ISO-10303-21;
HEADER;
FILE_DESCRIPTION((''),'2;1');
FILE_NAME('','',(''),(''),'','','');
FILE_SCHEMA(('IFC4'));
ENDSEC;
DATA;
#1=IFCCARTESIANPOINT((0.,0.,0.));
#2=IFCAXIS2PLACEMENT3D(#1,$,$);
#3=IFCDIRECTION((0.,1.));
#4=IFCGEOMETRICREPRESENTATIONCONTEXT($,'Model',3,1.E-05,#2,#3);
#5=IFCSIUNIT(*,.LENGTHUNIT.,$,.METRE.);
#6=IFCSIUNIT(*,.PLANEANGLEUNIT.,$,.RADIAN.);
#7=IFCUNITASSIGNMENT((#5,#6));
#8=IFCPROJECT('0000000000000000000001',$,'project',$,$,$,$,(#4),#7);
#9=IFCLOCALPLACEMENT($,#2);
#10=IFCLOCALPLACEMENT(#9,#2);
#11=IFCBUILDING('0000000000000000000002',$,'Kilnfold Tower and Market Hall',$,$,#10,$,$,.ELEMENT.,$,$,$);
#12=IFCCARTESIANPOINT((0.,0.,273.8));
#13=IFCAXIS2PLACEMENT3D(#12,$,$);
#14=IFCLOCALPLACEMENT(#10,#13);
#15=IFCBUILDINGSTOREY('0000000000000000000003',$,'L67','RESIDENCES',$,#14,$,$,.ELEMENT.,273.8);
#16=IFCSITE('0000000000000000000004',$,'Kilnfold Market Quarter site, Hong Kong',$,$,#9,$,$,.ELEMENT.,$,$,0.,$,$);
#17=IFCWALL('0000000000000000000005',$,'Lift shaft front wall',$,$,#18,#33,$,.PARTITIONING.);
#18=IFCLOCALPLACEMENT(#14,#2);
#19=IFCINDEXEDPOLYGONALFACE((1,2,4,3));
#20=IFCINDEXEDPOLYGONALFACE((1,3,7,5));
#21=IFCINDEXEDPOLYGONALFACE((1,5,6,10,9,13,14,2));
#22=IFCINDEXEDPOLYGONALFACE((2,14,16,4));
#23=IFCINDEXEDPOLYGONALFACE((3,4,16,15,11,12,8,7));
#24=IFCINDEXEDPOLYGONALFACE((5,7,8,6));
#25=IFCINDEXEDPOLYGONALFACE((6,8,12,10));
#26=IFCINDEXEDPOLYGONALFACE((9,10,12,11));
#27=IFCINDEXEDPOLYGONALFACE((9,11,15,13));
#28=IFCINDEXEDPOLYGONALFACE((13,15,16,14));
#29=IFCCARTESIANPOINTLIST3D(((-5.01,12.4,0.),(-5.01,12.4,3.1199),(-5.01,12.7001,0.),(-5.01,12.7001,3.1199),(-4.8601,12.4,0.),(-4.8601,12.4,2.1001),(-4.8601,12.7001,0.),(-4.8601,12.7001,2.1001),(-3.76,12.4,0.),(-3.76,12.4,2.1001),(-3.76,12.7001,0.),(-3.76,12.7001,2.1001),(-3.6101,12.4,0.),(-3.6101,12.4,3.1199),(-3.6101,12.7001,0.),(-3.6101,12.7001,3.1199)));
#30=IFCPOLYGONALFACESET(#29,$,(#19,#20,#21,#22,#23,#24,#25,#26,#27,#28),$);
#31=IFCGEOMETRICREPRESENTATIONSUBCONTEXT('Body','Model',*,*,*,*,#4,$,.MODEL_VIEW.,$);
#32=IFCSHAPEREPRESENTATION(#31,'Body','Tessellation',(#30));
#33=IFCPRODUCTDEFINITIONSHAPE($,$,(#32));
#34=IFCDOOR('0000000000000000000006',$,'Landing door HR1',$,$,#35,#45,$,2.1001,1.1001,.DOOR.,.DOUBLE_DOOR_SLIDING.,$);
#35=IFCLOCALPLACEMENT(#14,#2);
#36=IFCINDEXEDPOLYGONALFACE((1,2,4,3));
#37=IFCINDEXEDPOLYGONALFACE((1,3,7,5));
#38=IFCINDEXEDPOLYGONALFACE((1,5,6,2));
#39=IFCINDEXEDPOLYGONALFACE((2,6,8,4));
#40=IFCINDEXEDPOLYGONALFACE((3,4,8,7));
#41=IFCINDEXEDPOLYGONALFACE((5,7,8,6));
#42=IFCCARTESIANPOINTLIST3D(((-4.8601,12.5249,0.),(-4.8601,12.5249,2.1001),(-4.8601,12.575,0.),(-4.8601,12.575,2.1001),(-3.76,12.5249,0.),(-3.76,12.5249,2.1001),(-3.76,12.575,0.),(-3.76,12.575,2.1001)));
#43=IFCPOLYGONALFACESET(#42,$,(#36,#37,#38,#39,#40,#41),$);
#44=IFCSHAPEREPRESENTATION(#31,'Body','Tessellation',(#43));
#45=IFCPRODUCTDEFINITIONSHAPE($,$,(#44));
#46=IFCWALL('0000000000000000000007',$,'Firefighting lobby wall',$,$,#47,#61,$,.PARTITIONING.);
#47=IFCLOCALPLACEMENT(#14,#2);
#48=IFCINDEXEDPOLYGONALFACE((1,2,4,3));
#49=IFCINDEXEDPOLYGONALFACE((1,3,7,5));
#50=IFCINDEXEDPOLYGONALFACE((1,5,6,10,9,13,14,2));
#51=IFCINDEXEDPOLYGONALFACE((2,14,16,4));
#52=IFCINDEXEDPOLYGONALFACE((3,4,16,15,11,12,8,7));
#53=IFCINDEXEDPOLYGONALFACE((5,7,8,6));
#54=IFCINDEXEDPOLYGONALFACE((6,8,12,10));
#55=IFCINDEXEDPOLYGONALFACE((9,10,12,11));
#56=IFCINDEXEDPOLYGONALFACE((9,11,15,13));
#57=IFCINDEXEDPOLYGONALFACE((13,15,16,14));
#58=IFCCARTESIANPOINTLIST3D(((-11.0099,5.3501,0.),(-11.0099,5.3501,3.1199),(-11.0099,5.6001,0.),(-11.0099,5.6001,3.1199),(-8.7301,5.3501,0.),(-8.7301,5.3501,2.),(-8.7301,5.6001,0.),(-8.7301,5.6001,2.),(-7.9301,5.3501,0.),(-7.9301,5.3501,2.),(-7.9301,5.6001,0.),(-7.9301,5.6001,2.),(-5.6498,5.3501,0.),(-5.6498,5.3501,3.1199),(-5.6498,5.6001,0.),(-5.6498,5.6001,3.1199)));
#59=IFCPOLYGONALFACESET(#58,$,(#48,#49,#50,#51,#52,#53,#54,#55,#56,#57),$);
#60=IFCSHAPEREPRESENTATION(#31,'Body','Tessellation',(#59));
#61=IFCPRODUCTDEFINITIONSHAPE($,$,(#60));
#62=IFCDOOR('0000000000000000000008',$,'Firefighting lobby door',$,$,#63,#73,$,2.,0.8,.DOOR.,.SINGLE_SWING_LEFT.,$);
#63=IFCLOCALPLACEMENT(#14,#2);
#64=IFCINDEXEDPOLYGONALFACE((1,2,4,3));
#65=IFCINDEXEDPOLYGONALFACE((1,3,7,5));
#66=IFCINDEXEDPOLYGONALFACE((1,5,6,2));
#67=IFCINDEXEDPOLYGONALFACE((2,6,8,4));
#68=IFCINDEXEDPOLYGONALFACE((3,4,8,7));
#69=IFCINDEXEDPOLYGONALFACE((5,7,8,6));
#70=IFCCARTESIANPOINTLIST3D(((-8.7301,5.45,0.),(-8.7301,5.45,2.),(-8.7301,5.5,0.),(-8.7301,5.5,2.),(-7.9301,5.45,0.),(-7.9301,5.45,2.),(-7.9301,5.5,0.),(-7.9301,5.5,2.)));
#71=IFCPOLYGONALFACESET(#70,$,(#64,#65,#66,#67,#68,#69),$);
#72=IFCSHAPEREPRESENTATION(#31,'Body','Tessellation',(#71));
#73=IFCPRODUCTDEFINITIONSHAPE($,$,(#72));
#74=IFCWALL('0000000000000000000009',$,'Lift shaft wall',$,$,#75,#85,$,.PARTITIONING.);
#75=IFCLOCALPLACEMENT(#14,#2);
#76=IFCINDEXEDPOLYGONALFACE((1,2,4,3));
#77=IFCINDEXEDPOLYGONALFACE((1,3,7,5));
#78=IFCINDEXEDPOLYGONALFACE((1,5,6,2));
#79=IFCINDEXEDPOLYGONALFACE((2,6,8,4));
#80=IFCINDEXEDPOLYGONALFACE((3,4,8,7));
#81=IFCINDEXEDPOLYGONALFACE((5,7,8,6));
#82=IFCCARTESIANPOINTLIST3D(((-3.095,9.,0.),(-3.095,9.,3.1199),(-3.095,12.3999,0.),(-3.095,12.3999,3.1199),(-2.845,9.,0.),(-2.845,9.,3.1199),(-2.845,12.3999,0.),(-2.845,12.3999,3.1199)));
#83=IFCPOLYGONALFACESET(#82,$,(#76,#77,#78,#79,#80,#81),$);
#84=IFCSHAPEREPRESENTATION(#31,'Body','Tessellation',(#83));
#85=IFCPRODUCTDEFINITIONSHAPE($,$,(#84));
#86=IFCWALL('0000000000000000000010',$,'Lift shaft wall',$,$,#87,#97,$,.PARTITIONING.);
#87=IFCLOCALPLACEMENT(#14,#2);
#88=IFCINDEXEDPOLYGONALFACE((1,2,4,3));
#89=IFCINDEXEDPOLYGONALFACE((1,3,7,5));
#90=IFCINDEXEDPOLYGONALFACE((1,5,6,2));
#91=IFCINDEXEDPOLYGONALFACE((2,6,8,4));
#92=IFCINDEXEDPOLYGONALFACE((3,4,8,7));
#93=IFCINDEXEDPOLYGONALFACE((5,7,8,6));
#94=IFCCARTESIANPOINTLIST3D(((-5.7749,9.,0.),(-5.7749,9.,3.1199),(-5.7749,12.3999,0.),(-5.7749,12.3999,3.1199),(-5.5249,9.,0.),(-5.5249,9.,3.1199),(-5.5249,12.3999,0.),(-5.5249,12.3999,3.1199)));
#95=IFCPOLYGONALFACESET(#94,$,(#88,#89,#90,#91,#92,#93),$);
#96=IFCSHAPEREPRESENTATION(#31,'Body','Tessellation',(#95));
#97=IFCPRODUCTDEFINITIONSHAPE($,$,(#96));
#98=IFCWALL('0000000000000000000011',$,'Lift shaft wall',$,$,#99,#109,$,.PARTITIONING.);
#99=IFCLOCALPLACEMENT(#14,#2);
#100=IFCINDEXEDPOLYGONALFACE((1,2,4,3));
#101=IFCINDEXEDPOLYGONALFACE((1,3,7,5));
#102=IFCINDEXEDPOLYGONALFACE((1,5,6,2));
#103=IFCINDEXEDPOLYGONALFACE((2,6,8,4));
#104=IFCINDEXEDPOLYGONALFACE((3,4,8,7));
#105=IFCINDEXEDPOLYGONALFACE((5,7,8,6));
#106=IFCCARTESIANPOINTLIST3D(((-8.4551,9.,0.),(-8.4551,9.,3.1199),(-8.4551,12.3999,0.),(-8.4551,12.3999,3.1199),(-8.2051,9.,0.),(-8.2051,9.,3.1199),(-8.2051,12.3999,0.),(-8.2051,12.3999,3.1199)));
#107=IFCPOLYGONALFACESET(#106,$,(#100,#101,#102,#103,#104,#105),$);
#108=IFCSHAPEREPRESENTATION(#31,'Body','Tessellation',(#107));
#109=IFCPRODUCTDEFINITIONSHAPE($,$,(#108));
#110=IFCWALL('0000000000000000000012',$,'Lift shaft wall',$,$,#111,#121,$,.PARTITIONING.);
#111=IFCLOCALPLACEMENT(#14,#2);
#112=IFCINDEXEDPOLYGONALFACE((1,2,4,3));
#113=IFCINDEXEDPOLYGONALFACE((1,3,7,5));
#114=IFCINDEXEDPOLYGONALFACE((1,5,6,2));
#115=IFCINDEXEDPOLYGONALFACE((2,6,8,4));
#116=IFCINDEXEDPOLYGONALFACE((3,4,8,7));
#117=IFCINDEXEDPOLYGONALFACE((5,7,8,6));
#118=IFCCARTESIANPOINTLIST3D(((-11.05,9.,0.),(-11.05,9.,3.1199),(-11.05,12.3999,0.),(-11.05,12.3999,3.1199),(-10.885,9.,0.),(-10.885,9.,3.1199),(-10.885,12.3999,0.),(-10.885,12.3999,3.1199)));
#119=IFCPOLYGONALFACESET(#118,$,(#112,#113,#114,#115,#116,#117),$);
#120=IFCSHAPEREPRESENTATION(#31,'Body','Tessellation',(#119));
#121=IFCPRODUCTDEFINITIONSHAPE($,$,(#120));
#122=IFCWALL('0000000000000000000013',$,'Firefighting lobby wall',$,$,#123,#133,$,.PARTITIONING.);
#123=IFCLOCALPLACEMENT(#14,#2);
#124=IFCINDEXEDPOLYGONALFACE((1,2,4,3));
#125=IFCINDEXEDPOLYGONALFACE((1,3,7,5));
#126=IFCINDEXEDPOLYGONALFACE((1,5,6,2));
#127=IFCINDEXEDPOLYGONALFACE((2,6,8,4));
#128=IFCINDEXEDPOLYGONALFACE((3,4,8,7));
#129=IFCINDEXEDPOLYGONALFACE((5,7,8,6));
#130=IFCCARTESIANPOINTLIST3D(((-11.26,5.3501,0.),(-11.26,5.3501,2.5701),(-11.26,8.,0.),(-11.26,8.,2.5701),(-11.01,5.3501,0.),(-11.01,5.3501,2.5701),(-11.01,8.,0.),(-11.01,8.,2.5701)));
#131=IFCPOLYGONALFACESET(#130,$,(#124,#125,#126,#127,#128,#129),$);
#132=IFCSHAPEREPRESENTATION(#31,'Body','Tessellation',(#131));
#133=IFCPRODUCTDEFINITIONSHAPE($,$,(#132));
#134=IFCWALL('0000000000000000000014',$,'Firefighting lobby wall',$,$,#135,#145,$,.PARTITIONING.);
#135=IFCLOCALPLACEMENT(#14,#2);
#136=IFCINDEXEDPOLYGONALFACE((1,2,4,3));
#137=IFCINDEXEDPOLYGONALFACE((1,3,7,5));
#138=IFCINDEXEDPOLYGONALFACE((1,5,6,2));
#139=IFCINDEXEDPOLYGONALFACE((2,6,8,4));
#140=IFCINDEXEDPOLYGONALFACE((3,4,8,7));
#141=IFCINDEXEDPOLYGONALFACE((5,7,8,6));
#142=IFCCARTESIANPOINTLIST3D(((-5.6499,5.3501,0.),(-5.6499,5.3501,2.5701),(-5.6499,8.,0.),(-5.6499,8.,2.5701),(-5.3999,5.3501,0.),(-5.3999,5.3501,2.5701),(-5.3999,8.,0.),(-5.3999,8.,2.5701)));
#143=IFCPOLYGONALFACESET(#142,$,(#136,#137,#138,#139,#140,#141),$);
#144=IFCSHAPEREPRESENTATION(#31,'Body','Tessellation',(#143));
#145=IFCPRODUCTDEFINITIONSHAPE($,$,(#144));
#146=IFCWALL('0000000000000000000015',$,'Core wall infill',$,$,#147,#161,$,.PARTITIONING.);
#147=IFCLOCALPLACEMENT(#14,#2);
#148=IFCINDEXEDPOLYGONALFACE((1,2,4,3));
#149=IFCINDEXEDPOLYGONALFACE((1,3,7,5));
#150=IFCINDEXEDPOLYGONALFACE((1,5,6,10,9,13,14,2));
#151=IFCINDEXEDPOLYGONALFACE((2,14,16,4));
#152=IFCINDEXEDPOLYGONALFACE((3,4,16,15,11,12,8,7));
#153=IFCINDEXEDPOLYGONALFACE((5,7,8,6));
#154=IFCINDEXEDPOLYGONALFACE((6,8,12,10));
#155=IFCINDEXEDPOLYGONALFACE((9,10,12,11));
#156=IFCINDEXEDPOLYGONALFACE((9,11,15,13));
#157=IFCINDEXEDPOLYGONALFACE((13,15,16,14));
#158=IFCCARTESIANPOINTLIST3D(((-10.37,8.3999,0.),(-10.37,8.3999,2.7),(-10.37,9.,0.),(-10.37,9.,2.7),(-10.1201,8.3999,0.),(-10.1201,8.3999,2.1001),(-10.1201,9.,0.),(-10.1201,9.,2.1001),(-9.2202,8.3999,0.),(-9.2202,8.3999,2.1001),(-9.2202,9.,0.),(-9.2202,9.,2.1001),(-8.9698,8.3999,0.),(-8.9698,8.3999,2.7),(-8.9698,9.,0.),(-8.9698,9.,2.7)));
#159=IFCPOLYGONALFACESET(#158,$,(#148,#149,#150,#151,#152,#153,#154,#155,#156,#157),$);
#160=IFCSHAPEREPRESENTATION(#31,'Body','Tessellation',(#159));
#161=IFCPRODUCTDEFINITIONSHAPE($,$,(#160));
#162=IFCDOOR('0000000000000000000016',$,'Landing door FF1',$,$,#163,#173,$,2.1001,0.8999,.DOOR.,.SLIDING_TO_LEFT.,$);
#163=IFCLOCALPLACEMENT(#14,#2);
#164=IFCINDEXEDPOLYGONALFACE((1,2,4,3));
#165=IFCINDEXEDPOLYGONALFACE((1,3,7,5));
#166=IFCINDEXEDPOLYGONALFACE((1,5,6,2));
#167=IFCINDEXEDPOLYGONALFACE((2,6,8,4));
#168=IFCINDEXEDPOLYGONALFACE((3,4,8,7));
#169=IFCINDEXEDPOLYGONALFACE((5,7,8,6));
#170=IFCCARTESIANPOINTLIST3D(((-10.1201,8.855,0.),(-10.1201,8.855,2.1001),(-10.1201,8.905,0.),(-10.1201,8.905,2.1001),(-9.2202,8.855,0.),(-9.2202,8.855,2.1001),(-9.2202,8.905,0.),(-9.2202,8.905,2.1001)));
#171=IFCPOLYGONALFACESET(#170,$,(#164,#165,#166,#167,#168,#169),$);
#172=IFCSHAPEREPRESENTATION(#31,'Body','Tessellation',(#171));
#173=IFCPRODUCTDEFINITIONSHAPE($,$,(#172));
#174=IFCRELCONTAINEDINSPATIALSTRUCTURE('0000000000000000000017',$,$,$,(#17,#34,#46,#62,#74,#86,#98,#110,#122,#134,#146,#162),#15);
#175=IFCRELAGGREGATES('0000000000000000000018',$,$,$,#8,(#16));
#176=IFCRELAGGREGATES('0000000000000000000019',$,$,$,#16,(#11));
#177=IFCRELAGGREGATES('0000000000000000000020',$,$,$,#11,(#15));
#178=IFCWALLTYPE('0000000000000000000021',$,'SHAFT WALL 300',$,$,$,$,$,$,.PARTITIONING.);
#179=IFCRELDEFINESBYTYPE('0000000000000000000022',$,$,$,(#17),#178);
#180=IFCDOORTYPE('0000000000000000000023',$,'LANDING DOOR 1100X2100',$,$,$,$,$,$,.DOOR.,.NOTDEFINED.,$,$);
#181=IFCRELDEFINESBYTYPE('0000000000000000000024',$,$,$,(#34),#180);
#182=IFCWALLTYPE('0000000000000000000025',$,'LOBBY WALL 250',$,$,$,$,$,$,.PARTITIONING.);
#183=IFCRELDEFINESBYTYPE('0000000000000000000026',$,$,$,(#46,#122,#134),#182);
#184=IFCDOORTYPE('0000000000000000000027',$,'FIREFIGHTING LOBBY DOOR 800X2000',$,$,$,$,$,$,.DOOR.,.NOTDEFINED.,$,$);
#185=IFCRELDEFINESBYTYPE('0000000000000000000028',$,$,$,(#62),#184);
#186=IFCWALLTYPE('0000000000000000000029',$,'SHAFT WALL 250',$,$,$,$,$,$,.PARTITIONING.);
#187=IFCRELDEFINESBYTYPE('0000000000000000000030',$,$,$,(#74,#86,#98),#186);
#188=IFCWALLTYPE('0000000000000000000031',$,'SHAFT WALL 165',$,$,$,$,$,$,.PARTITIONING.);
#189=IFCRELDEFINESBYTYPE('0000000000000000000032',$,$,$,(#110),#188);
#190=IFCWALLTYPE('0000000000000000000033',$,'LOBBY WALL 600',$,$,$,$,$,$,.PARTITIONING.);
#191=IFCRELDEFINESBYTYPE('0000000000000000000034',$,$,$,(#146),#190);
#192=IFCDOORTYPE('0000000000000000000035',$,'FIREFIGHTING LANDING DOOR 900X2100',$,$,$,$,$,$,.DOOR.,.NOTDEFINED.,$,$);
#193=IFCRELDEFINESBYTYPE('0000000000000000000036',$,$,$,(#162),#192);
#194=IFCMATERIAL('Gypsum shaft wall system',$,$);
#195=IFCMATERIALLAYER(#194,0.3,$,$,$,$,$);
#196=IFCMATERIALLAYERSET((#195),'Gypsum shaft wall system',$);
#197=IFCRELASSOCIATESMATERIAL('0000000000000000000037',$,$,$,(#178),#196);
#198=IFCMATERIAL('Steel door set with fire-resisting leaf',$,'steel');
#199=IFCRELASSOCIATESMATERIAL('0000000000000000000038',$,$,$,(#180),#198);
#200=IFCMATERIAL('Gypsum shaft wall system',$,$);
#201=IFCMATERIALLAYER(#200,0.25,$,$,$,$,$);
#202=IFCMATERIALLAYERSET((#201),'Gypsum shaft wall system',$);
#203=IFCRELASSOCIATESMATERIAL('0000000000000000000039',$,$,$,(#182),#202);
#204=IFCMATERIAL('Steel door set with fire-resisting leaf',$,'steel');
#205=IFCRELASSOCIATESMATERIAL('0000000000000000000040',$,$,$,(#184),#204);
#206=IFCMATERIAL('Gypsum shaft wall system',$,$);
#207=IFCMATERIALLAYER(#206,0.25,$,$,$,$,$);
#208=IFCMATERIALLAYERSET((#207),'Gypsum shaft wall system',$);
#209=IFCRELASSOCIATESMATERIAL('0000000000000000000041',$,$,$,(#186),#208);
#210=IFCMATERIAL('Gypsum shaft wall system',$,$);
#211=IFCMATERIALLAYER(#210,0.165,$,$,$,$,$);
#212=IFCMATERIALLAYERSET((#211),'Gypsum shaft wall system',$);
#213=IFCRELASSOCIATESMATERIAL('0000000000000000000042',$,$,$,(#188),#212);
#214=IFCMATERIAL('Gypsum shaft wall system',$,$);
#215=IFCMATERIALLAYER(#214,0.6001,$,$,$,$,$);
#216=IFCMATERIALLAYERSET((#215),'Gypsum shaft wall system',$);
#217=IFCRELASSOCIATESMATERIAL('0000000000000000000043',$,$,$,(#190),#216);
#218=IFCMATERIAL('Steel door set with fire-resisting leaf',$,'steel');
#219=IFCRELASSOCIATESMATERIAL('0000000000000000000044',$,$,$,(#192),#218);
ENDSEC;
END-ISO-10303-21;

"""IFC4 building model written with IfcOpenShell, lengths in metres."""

from ifc_helpers import new_model, si_unit, direction, frame, frame_2d, origin, place, context, subcontext, project, spatial, rectangle, extrude, source, transform, mapped, material, layer, layer_set, type_object, element, fill, save


model = new_model("IFC4")

# Units and contexts
model_context = context("Model", 3, precision=1e-05, world=origin(), true_north=direction((0.0, 1.0)))
body_context = subcontext(model_context, "Body", "Model", "MODEL_VIEW")
ifc_project = project(units=[si_unit("LENGTHUNIT", "METRE"), si_unit("PLANEANGLEUNIT", "RADIAN")], contexts=[model_context])

# Site, building, storey
site_placement = place(None, origin())
site = spatial("IfcSite", under=ifc_project, at=site_placement, Name="Kilnfold Market Quarter site, Hong Kong", CompositionType="ELEMENT", RefElevation=0.0)
building_placement = place(site_placement, origin())
building = spatial("IfcBuilding", under=site, at=building_placement, Name="Kilnfold Tower and Market Hall", CompositionType="ELEMENT")
storey_placement = place(building_placement, frame((0.0, 0.0, 273.8)))
storey = spatial("IfcBuildingStorey", under=building, at=storey_placement, Name="L67", Description="RESIDENCES", CompositionType="ELEMENT", Elevation=273.8)

# Walls, openings, doors
ifc_material_1 = material(Name="Gypsum shaft wall system")
ifc_layer_1 = layer(ifc_material_1, 0.3)
ifc_layer_set_1 = layer_set([ifc_layer_1], Name="Gypsum shaft wall system")
wall_type_1 = type_object("IfcWallType", Name="SHAFT WALL 300", PredefinedType="PARTITIONING", material=ifc_layer_set_1)
shared_shape_1 = source(origin(), body_context, "Body", "SweptSolid", [
    extrude(rectangle(XDim=1.3999, YDim=0.3, at=frame_2d((0.7, 0.0))), origin(), (0.0, 0.0, 1.0), 3.1199),
])
wall_1_placement = place(storey_placement, frame((-5.01, 12.55, 0.0), z_axis=(0.0, 0.0, 1.0), x_axis=(1.0, 0.0, 0.0)))
wall_1 = element("IfcWall", 1, at=wall_1_placement, inside=storey, type_object=wall_type_1, Name="Lift shaft front wall", PredefinedType="PARTITIONING", context=body_context, shape_type="MappedRepresentation", body=[
    mapped(shared_shape_1, transform((0.0, 0.0, 0.0))),
])
opening_1_placement = place(wall_1_placement, frame((0.1499, 0.0, 0.0)))
opening_1 = element("IfcOpeningElement", 2, at=opening_1_placement, cuts=wall_1, PredefinedType="OPENING", context=body_context, shape_type="SweptSolid", body=[
    extrude(rectangle(XDim=1.1001, YDim=2.1001, at=frame_2d((0.55, 1.05))), frame((0.0, 0.1602, 0.0), z_axis=(0.0, -1.0, 0.0), x_axis=(1.0, 0.0, 0.0)), (0.0, 0.0, 1.0), 0.3201),
])
ifc_material_2 = material(Name="Steel door set with fire-resisting leaf", Category="steel")
door_type_1 = type_object("IfcDoorType", Name="LANDING DOOR 1100X2100", OperationType="NOTDEFINED", PredefinedType="DOOR", material=ifc_material_2)
door_1_placement = place(opening_1_placement, origin())
door_1 = element("IfcDoor", 3, at=door_1_placement, inside=storey, type_object=door_type_1, Name="Landing door HR1", OperationType="DOUBLE_DOOR_SLIDING", OverallHeight=2.1001, OverallWidth=1.1001, PredefinedType="DOOR", context=body_context, shape_type="SweptSolid", body=[
    extrude(rectangle(XDim=1.1001, YDim=2.1001, at=frame_2d((0.55, 1.05))), frame((0.0, 0.0249, 0.0), z_axis=(0.0, -1.0, 0.0), x_axis=(1.0, 0.0, 0.0)), (0.0, 0.0, 1.0), 0.05),
])
fill(opening_1, door_1)
ifc_material_3 = material(Name="Gypsum shaft wall system")
ifc_layer_2 = layer(ifc_material_3, 0.25)
ifc_layer_set_2 = layer_set([ifc_layer_2], Name="Gypsum shaft wall system")
wall_type_2 = type_object("IfcWallType", Name="LOBBY WALL 250", PredefinedType="PARTITIONING", material=ifc_layer_set_2)
shared_shape_2 = source(origin(), body_context, "Body", "SweptSolid", [
    extrude(rectangle(XDim=5.3601, YDim=0.25, at=frame_2d((2.6802, 0.0))), origin(), (0.0, 0.0, 1.0), 3.1199),
])
wall_2_placement = place(storey_placement, frame((-11.01, 5.4751, 0.0), z_axis=(0.0, 0.0, 1.0), x_axis=(1.0, 0.0, 0.0)))
wall_2 = element("IfcWall", 4, at=wall_2_placement, inside=storey, type_object=wall_type_2, Name="Firefighting lobby wall", PredefinedType="PARTITIONING", context=body_context, shape_type="MappedRepresentation", body=[
    mapped(shared_shape_2, transform((0.0, 0.0, 0.0))),
])
opening_2_placement = place(wall_2_placement, frame((2.28, 0.0, 0.0)))
opening_2 = element("IfcOpeningElement", 5, at=opening_2_placement, cuts=wall_2, PredefinedType="OPENING", context=body_context, shape_type="SweptSolid", body=[
    extrude(rectangle(XDim=0.8, YDim=2.0, at=frame_2d((0.3999, 1.0))), frame((0.0, 0.135, 0.0), z_axis=(0.0, -1.0, 0.0), x_axis=(1.0, 0.0, 0.0)), (0.0, 0.0, 1.0), 0.27),
])
ifc_material_4 = material(Name="Steel door set with fire-resisting leaf", Category="steel")
door_type_2 = type_object("IfcDoorType", Name="FIREFIGHTING LOBBY DOOR 800X2000", OperationType="NOTDEFINED", PredefinedType="DOOR", material=ifc_material_4)
door_2_placement = place(opening_2_placement, origin())
door_2 = element("IfcDoor", 6, at=door_2_placement, inside=storey, type_object=door_type_2, Name="Firefighting lobby door", OperationType="SINGLE_SWING_LEFT", OverallHeight=2.0, OverallWidth=0.8, PredefinedType="DOOR", context=body_context, shape_type="SweptSolid", body=[
    extrude(rectangle(XDim=0.8, YDim=2.0, at=frame_2d((0.3999, 1.0))), frame((0.0, 0.0249, 0.0), z_axis=(0.0, -1.0, 0.0), x_axis=(1.0, 0.0, 0.0)), (0.0, 0.0, 1.0), 0.05),
])
fill(opening_2, door_2)

# Walls
ifc_material_5 = material(Name="Gypsum shaft wall system")
ifc_layer_3 = layer(ifc_material_5, 0.25)
ifc_layer_set_3 = layer_set([ifc_layer_3], Name="Gypsum shaft wall system")
wall_type_3 = type_object("IfcWallType", Name="SHAFT WALL 250", PredefinedType="PARTITIONING", material=ifc_layer_set_3)
shared_shape_3 = source(origin(), body_context, "Body", "SweptSolid", [
    extrude(rectangle(XDim=3.3999, YDim=0.25, at=frame_2d((1.7, 0.0))), origin(), (0.0, 0.0, 1.0), 3.1199),
])
for number, where, z_axis, x_axis, name in (
    (7, (-2.97, 9.0, 0.0), (0.0, 0.0, 1.0), (0.0, 1.0, 0.0), "Lift shaft wall"),
    (8, (-5.6499, 9.0, 0.0), (0.0, 0.0, 1.0), (0.0, 1.0, 0.0), "Lift shaft wall"),
    (9, (-8.3301, 9.0, 0.0), (0.0, 0.0, 1.0), (0.0, 1.0, 0.0), "Lift shaft wall"),
):
    element("IfcWall", number, at=place(storey_placement, frame(where, z_axis=z_axis, x_axis=x_axis)), inside=storey, type_object=wall_type_3, Name=name, PredefinedType="PARTITIONING", context=body_context, shape_type="MappedRepresentation", body=[
        mapped(shared_shape_3, transform((0.0, 0.0, 0.0))),
    ])
ifc_material_6 = material(Name="Gypsum shaft wall system")
ifc_layer_4 = layer(ifc_material_6, 0.165)
ifc_layer_set_4 = layer_set([ifc_layer_4], Name="Gypsum shaft wall system")
wall_type_4 = type_object("IfcWallType", Name="SHAFT WALL 165", PredefinedType="PARTITIONING", material=ifc_layer_set_4)
shared_shape_4 = source(origin(), body_context, "Body", "SweptSolid", [
    extrude(rectangle(XDim=3.3999, YDim=0.165, at=frame_2d((1.7, 0.0))), origin(), (0.0, 0.0, 1.0), 3.1199),
])
wall_3_placement = place(storey_placement, frame((-10.9675, 9.0, 0.0), z_axis=(0.0, 0.0, 1.0), x_axis=(0.0, 1.0, 0.0)))
element("IfcWall", 10, at=wall_3_placement, inside=storey, type_object=wall_type_4, Name="Lift shaft wall", PredefinedType="PARTITIONING", context=body_context, shape_type="MappedRepresentation", body=[
    mapped(shared_shape_4, transform((0.0, 0.0, 0.0))),
])
shared_shape_5 = source(origin(), body_context, "Body", "SweptSolid", [
    extrude(rectangle(XDim=2.6499, YDim=0.25, at=frame_2d((1.325, 0.0))), origin(), (0.0, 0.0, 1.0), 2.5701),
])
for number, where, z_axis, x_axis, name in (
    (11, (-11.135, 5.3501, 0.0), (0.0, 0.0, 1.0), (0.0, 1.0, 0.0), "Firefighting lobby wall"),
    (12, (-5.5249, 5.3501, 0.0), (0.0, 0.0, 1.0), (0.0, 1.0, 0.0), "Firefighting lobby wall"),
):
    element("IfcWall", number, at=place(storey_placement, frame(where, z_axis=z_axis, x_axis=x_axis)), inside=storey, type_object=wall_type_2, Name=name, PredefinedType="PARTITIONING", context=body_context, shape_type="MappedRepresentation", body=[
        mapped(shared_shape_5, transform((0.0, 0.0, 0.0))),
    ])

# Wall, opening, door
ifc_material_7 = material(Name="Gypsum shaft wall system")
ifc_layer_5 = layer(ifc_material_7, 0.6001)
ifc_layer_set_5 = layer_set([ifc_layer_5], Name="Gypsum shaft wall system")
wall_type_5 = type_object("IfcWallType", Name="LOBBY WALL 600", PredefinedType="PARTITIONING", material=ifc_layer_set_5)
shared_shape_6 = source(origin(), body_context, "Body", "SweptSolid", [
    extrude(rectangle(XDim=1.4001, YDim=0.6001, at=frame_2d((0.7002, 0.0))), origin(), (0.0, 0.0, 1.0), 2.7),
])
wall_4_placement = place(storey_placement, frame((-10.3701, 8.7, 0.0), z_axis=(0.0, 0.0, 1.0), x_axis=(1.0, 0.0, 0.0)))
wall_4 = element("IfcWall", 13, at=wall_4_placement, inside=storey, type_object=wall_type_5, Name="Core wall infill", PredefinedType="PARTITIONING", context=body_context, shape_type="MappedRepresentation", body=[
    mapped(shared_shape_6, transform((0.0, 0.0, 0.0))),
])
opening_3_placement = place(wall_4_placement, frame((0.25, 0.0, 0.0)))
opening_3 = element("IfcOpeningElement", 14, at=opening_3_placement, cuts=wall_4, PredefinedType="OPENING", context=body_context, shape_type="SweptSolid", body=[
    extrude(rectangle(XDim=0.8999, YDim=2.1001, at=frame_2d((0.45, 1.05))), frame((0.0, 0.3101, 0.0), z_axis=(0.0, -1.0, 0.0), x_axis=(1.0, 0.0, 0.0)), (0.0, 0.0, 1.0), 0.6201),
])
ifc_material_8 = material(Name="Steel door set with fire-resisting leaf", Category="steel")
door_type_3 = type_object("IfcDoorType", Name="FIREFIGHTING LANDING DOOR 900X2100", OperationType="NOTDEFINED", PredefinedType="DOOR", material=ifc_material_8)
door_3_placement = place(opening_3_placement, origin())
door_3 = element("IfcDoor", 15, at=door_3_placement, inside=storey, type_object=door_type_3, Name="Landing door FF1", OperationType="SLIDING_TO_LEFT", OverallHeight=2.1001, OverallWidth=0.8999, PredefinedType="DOOR", context=body_context, shape_type="SweptSolid", body=[
    extrude(rectangle(XDim=0.8999, YDim=2.1001, at=frame_2d((0.45, 1.05))), frame((0.0, 0.2051, 0.0), z_axis=(0.0, -1.0, 0.0), x_axis=(1.0, 0.0, 0.0)), (0.0, 0.0, 1.0), 0.05),
])
fill(opening_3, door_3)

save(model, "model.ifc")
